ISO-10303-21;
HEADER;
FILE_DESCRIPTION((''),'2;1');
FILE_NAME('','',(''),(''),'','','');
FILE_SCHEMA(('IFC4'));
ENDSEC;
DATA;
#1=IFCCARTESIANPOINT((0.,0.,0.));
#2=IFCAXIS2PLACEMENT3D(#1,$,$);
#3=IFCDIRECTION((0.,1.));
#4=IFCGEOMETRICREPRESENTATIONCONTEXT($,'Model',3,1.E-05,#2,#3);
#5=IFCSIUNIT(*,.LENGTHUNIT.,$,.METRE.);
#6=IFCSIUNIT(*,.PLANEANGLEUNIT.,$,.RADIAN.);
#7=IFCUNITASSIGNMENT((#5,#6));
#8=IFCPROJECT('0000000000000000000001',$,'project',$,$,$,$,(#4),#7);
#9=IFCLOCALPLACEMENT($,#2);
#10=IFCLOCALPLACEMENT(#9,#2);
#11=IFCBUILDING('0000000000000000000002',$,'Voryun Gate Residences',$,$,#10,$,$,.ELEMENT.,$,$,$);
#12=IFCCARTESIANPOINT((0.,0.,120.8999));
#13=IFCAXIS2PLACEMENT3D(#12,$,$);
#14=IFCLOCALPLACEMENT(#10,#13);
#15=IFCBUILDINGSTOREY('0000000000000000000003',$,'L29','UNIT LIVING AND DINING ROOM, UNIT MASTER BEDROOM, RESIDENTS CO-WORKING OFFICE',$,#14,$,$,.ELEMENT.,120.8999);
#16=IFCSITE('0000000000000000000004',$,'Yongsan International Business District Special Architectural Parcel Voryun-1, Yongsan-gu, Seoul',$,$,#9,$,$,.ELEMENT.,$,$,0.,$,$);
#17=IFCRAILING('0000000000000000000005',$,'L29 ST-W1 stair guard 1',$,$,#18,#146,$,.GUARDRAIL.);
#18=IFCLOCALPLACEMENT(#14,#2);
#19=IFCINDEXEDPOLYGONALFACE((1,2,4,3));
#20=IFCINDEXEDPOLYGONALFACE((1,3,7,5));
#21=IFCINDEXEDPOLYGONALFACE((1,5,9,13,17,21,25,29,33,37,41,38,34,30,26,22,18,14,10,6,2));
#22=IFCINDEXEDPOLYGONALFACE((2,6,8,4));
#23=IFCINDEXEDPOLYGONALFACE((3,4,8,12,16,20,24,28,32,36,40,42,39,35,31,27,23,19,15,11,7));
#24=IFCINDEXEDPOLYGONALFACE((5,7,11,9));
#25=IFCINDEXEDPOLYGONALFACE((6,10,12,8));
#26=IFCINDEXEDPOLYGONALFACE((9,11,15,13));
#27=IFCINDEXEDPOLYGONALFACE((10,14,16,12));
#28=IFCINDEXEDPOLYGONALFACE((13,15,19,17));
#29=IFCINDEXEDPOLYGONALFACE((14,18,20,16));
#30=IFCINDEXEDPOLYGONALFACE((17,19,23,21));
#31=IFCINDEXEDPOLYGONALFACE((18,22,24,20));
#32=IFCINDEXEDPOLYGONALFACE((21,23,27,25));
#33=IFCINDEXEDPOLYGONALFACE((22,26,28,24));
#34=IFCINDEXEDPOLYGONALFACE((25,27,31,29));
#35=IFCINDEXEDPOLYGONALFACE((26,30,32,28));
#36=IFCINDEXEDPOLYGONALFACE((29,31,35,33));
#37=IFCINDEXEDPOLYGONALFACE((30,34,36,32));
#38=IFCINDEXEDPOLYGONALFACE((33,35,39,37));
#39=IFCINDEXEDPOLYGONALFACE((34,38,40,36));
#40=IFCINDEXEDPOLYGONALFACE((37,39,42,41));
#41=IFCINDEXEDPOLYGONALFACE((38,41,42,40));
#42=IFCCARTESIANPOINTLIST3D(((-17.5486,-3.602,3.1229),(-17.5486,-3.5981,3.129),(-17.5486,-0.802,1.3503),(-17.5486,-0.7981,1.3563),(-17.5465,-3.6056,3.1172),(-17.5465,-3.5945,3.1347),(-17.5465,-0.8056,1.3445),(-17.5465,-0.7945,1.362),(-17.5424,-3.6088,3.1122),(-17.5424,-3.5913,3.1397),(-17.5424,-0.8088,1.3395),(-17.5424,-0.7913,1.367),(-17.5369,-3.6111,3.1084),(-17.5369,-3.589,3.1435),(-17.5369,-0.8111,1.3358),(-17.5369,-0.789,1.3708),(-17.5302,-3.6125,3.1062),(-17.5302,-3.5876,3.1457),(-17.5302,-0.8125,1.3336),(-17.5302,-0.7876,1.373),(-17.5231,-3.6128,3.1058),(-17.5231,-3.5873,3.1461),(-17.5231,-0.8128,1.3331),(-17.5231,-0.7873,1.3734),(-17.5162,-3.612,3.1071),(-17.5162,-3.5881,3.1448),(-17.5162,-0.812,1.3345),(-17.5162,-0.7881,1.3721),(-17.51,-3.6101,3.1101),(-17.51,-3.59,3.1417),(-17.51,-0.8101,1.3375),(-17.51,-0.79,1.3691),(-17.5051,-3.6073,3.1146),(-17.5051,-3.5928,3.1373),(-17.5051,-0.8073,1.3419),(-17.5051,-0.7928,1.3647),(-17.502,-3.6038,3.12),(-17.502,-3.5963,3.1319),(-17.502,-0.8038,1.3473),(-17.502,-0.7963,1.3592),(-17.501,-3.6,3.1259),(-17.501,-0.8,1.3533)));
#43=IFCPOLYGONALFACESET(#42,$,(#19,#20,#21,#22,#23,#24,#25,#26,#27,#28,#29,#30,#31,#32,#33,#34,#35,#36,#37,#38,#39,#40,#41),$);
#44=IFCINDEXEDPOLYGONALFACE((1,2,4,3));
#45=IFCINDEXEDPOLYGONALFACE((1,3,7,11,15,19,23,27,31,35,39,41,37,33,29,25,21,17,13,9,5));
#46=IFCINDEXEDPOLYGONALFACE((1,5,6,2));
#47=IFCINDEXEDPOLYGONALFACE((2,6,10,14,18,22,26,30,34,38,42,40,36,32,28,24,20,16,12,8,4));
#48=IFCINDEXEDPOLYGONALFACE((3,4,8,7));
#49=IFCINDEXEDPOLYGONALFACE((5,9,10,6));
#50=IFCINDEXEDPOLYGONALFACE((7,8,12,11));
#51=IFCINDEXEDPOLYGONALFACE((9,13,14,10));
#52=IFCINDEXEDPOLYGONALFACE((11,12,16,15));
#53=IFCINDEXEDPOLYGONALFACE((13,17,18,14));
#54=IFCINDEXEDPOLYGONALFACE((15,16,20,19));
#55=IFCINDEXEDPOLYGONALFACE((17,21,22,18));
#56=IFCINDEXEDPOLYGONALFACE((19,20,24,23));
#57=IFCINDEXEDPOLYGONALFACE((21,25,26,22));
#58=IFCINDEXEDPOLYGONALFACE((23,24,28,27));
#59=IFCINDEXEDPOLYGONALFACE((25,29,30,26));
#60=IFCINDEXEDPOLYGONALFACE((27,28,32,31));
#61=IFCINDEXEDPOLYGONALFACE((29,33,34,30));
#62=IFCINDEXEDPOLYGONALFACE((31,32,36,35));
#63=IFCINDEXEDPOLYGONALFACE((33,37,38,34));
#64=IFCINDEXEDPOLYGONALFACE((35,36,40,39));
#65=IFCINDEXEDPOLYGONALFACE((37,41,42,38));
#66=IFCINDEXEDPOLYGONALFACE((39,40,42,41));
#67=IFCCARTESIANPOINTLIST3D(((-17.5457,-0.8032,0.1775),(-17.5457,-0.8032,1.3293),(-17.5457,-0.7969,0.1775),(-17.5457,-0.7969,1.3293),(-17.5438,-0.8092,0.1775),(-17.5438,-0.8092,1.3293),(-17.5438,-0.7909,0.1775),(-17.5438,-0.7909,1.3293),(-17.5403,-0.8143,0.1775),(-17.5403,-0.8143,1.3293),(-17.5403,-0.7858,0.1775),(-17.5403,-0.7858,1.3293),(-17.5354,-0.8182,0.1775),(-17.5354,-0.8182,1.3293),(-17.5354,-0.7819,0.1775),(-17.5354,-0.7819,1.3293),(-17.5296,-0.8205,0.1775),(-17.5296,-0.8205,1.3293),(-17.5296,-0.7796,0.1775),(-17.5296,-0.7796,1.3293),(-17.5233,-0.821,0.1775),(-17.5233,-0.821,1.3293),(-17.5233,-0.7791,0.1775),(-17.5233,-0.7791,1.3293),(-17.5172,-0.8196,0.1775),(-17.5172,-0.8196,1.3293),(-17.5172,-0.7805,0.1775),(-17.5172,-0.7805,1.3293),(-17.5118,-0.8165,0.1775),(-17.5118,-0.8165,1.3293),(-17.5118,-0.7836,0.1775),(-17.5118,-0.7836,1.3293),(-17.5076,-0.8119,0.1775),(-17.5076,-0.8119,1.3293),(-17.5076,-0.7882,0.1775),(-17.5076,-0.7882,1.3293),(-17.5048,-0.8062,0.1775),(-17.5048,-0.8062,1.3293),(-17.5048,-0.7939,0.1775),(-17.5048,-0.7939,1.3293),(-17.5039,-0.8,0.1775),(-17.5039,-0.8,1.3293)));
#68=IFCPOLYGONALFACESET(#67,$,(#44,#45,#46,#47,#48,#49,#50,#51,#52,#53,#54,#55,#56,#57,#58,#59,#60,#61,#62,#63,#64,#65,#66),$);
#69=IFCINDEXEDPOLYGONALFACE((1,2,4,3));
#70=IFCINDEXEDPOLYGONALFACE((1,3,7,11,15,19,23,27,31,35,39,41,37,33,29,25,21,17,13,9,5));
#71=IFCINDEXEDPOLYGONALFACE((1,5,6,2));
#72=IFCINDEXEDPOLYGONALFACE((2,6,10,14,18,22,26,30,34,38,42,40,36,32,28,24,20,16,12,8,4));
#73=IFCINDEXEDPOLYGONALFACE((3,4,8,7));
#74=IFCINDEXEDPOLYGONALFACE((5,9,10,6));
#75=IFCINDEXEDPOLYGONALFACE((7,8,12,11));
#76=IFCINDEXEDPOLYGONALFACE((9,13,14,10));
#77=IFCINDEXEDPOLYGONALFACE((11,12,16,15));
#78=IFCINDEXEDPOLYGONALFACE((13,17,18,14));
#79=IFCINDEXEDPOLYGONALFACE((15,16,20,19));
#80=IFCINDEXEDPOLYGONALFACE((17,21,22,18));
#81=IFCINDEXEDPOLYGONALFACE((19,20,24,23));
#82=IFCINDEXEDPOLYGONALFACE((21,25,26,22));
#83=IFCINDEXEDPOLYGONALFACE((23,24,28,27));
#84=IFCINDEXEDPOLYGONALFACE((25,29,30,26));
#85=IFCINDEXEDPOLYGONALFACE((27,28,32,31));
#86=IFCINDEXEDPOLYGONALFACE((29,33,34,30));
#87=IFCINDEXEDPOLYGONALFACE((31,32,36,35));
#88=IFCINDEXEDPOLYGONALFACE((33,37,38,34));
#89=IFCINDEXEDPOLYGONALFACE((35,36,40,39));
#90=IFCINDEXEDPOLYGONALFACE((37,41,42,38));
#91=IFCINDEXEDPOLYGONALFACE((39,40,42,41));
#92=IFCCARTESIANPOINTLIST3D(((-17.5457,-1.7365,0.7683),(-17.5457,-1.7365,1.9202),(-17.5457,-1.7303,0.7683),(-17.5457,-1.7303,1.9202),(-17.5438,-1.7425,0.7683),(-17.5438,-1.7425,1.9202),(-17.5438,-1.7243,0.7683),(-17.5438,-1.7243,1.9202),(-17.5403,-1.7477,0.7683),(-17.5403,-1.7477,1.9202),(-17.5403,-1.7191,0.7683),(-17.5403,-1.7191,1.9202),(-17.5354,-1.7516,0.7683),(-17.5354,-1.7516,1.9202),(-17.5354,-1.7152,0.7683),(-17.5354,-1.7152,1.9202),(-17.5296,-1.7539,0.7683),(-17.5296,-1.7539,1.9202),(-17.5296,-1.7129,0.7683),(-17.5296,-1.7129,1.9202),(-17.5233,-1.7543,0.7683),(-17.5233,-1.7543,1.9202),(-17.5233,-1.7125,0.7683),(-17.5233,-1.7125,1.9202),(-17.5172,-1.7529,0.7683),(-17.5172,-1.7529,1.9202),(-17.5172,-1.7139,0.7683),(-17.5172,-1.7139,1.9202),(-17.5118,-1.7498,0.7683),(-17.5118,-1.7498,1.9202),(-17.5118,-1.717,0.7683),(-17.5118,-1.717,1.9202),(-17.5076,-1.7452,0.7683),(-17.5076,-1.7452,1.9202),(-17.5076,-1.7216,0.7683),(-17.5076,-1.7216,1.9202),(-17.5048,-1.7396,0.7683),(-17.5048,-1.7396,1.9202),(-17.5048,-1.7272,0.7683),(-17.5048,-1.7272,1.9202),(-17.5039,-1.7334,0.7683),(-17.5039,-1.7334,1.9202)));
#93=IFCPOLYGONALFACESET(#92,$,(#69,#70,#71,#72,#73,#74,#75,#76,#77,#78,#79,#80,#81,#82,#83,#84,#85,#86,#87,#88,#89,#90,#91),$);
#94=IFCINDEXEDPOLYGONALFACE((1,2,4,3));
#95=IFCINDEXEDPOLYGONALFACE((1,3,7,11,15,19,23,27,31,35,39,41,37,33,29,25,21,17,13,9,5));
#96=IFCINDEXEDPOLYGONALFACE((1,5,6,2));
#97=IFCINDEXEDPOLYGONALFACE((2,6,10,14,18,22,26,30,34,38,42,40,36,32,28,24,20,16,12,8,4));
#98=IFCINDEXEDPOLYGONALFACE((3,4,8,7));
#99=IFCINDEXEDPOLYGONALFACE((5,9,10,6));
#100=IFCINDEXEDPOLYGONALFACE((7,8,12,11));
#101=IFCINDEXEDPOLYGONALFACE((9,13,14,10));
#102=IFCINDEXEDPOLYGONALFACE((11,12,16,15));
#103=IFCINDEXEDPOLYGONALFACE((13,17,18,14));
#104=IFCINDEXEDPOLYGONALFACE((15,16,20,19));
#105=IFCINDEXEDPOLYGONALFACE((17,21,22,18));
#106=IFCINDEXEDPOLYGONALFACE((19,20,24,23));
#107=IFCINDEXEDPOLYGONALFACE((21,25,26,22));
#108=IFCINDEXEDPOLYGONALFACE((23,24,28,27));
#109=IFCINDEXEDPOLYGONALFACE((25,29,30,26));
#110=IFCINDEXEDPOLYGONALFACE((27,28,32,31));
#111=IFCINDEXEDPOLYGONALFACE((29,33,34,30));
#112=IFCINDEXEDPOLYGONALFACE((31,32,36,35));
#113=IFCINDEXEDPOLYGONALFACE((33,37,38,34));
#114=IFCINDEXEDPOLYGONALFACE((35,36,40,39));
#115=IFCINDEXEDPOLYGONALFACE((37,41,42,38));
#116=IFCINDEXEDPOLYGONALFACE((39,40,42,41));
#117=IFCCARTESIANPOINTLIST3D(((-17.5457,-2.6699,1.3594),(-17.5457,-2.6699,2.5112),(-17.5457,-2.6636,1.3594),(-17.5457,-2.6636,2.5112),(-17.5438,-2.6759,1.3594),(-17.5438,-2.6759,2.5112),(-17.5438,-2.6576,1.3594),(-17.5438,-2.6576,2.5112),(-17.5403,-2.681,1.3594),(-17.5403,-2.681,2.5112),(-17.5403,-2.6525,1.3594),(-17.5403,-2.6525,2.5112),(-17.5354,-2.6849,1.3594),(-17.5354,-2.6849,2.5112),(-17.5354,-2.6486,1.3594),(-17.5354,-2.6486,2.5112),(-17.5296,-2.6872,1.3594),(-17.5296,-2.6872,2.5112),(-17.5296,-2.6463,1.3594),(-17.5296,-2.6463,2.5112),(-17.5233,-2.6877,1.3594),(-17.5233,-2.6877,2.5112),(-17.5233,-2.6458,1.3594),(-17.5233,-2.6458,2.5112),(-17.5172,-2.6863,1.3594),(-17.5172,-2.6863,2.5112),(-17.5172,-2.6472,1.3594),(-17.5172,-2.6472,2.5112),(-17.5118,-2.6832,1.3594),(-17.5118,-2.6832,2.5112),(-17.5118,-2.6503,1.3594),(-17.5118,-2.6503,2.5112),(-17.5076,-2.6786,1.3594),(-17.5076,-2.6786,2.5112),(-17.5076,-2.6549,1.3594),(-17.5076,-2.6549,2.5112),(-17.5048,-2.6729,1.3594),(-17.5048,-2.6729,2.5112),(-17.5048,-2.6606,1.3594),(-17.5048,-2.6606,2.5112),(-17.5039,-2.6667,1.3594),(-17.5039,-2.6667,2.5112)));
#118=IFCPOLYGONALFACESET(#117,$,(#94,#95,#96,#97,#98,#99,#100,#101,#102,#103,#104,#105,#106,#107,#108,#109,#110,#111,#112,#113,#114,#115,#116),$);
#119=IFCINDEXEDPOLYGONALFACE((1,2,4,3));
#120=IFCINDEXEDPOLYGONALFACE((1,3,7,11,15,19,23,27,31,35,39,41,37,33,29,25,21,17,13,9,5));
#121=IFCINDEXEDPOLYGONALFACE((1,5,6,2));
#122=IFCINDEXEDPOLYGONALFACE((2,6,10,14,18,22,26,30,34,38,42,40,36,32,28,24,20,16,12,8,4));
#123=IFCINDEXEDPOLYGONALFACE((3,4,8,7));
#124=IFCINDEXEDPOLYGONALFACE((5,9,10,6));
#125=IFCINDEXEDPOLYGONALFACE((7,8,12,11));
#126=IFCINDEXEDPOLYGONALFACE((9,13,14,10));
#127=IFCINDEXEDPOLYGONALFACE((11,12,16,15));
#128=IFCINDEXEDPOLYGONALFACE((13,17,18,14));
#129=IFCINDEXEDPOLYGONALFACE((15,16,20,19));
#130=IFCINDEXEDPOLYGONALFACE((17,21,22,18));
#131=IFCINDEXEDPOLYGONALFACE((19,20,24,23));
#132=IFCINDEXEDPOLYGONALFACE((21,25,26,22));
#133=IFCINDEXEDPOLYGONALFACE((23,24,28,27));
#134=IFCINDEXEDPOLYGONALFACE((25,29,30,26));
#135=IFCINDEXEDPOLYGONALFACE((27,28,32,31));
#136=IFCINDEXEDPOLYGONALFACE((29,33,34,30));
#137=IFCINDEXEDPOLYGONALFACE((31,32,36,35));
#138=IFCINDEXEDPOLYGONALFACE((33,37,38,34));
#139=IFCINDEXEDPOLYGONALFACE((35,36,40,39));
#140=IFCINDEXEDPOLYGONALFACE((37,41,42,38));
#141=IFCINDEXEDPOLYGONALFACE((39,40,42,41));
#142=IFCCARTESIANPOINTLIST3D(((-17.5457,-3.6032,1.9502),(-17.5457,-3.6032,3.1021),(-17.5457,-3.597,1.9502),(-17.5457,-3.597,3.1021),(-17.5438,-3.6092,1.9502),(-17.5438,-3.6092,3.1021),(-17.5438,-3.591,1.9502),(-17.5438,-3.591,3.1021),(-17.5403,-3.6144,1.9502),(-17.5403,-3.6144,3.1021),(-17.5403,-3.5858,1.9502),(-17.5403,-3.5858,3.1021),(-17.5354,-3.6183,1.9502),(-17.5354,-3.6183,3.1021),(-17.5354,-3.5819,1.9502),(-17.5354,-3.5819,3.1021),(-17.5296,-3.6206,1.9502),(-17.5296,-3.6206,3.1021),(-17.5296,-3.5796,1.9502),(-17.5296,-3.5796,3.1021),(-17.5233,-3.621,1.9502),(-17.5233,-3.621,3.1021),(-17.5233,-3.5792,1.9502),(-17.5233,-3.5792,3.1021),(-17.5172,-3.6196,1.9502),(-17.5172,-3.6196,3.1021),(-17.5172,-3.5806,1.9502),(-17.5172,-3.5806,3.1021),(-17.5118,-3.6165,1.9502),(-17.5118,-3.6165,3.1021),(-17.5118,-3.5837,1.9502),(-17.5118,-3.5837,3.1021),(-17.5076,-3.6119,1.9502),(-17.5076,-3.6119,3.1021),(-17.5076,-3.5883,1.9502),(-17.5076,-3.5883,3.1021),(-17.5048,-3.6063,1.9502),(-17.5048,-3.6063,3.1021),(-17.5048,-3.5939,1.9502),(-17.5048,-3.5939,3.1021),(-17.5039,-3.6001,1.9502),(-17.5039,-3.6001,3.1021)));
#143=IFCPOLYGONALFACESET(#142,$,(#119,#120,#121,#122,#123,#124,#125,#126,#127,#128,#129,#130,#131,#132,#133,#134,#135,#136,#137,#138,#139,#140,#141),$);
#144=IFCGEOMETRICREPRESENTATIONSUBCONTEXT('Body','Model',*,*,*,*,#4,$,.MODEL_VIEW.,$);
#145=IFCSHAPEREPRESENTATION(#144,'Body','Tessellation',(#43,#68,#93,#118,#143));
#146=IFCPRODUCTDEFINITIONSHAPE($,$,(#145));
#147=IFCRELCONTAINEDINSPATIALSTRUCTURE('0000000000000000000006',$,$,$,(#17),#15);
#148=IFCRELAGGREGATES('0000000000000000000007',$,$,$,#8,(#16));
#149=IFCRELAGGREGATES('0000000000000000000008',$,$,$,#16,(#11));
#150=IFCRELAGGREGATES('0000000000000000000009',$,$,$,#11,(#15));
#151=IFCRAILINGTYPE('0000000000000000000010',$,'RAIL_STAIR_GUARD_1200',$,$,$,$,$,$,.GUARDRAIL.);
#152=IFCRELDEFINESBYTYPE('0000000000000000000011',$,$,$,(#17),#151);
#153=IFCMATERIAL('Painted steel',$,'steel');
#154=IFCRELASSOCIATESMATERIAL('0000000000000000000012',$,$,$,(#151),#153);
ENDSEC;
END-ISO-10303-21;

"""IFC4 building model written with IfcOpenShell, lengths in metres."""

from ifc_helpers import new_model, si_unit, direction, frame, origin, origin_2d, place, context, subcontext, project, spatial, circle, extrude, material, type_object, element, save


model = new_model("IFC4")

# Units and contexts
model_context = context("Model", 3, precision=1e-05, world=origin(), true_north=direction((0.0, 1.0)))
body_context = subcontext(model_context, "Body", "Model", "MODEL_VIEW")
ifc_project = project(units=[si_unit("LENGTHUNIT", "METRE"), si_unit("PLANEANGLEUNIT", "RADIAN")], contexts=[model_context])

# Site, building, storey
site_placement = place(None, origin())
site = spatial("IfcSite", under=ifc_project, at=site_placement, Name="Yongsan International Business District Special Architectural Parcel Voryun-1, Yongsan-gu, Seoul", CompositionType="ELEMENT", RefElevation=0.0)
building_placement = place(site_placement, origin())
building = spatial("IfcBuilding", under=site, at=building_placement, Name="Voryun Gate Residences", CompositionType="ELEMENT")
storey_placement = place(building_placement, frame((0.0, 0.0, 120.8999)))
storey = spatial("IfcBuildingStorey", under=building, at=storey_placement, Name="L29", Description="UNIT LIVING AND DINING ROOM, UNIT MASTER BEDROOM, RESIDENTS CO-WORKING OFFICE", CompositionType="ELEMENT", Elevation=120.8999)

# Railing
ifc_material_1 = material(Name="Painted steel", Category="steel")
railing_type_1 = type_object("IfcRailingType", Name="RAIL_STAIR_GUARD_1200", PredefinedType="GUARDRAIL", material=ifc_material_1)
railing_1_placement = place(storey_placement, frame((-17.5249, -0.8, 0.1775)))
element("IfcRailing", 1, at=railing_1_placement, inside=storey, type_object=railing_type_1, Name="L29 ST-W1 stair guard 1", PredefinedType="GUARDRAIL", context=body_context, shape_type="SweptSolid", body=[
    extrude(circle(Radius=0.0239, at=origin_2d()), frame((0.0, 0.0, 1.1758), z_axis=(0.0, -0.844909, 0.53491), x_axis=(1.0, 0.0, 0.0)), (0.0, 0.0, 1.0), 3.314),
    extrude(circle(Radius=0.021, at=origin_2d()), origin(), (0.0, 0.0, 1.0), 1.1519),
    extrude(circle(Radius=0.021, at=origin_2d()), frame((0.0, -0.9333, 0.5908)), (0.0, 0.0, 1.0), 1.1519),
    extrude(circle(Radius=0.021, at=origin_2d()), frame((0.0, -1.8667, 1.1819)), (0.0, 0.0, 1.0), 1.1519),
    extrude(circle(Radius=0.021, at=origin_2d()), frame((0.0, -2.8, 1.7727)), (0.0, 0.0, 1.0), 1.1519),
])

save(model, "model.ifc")
